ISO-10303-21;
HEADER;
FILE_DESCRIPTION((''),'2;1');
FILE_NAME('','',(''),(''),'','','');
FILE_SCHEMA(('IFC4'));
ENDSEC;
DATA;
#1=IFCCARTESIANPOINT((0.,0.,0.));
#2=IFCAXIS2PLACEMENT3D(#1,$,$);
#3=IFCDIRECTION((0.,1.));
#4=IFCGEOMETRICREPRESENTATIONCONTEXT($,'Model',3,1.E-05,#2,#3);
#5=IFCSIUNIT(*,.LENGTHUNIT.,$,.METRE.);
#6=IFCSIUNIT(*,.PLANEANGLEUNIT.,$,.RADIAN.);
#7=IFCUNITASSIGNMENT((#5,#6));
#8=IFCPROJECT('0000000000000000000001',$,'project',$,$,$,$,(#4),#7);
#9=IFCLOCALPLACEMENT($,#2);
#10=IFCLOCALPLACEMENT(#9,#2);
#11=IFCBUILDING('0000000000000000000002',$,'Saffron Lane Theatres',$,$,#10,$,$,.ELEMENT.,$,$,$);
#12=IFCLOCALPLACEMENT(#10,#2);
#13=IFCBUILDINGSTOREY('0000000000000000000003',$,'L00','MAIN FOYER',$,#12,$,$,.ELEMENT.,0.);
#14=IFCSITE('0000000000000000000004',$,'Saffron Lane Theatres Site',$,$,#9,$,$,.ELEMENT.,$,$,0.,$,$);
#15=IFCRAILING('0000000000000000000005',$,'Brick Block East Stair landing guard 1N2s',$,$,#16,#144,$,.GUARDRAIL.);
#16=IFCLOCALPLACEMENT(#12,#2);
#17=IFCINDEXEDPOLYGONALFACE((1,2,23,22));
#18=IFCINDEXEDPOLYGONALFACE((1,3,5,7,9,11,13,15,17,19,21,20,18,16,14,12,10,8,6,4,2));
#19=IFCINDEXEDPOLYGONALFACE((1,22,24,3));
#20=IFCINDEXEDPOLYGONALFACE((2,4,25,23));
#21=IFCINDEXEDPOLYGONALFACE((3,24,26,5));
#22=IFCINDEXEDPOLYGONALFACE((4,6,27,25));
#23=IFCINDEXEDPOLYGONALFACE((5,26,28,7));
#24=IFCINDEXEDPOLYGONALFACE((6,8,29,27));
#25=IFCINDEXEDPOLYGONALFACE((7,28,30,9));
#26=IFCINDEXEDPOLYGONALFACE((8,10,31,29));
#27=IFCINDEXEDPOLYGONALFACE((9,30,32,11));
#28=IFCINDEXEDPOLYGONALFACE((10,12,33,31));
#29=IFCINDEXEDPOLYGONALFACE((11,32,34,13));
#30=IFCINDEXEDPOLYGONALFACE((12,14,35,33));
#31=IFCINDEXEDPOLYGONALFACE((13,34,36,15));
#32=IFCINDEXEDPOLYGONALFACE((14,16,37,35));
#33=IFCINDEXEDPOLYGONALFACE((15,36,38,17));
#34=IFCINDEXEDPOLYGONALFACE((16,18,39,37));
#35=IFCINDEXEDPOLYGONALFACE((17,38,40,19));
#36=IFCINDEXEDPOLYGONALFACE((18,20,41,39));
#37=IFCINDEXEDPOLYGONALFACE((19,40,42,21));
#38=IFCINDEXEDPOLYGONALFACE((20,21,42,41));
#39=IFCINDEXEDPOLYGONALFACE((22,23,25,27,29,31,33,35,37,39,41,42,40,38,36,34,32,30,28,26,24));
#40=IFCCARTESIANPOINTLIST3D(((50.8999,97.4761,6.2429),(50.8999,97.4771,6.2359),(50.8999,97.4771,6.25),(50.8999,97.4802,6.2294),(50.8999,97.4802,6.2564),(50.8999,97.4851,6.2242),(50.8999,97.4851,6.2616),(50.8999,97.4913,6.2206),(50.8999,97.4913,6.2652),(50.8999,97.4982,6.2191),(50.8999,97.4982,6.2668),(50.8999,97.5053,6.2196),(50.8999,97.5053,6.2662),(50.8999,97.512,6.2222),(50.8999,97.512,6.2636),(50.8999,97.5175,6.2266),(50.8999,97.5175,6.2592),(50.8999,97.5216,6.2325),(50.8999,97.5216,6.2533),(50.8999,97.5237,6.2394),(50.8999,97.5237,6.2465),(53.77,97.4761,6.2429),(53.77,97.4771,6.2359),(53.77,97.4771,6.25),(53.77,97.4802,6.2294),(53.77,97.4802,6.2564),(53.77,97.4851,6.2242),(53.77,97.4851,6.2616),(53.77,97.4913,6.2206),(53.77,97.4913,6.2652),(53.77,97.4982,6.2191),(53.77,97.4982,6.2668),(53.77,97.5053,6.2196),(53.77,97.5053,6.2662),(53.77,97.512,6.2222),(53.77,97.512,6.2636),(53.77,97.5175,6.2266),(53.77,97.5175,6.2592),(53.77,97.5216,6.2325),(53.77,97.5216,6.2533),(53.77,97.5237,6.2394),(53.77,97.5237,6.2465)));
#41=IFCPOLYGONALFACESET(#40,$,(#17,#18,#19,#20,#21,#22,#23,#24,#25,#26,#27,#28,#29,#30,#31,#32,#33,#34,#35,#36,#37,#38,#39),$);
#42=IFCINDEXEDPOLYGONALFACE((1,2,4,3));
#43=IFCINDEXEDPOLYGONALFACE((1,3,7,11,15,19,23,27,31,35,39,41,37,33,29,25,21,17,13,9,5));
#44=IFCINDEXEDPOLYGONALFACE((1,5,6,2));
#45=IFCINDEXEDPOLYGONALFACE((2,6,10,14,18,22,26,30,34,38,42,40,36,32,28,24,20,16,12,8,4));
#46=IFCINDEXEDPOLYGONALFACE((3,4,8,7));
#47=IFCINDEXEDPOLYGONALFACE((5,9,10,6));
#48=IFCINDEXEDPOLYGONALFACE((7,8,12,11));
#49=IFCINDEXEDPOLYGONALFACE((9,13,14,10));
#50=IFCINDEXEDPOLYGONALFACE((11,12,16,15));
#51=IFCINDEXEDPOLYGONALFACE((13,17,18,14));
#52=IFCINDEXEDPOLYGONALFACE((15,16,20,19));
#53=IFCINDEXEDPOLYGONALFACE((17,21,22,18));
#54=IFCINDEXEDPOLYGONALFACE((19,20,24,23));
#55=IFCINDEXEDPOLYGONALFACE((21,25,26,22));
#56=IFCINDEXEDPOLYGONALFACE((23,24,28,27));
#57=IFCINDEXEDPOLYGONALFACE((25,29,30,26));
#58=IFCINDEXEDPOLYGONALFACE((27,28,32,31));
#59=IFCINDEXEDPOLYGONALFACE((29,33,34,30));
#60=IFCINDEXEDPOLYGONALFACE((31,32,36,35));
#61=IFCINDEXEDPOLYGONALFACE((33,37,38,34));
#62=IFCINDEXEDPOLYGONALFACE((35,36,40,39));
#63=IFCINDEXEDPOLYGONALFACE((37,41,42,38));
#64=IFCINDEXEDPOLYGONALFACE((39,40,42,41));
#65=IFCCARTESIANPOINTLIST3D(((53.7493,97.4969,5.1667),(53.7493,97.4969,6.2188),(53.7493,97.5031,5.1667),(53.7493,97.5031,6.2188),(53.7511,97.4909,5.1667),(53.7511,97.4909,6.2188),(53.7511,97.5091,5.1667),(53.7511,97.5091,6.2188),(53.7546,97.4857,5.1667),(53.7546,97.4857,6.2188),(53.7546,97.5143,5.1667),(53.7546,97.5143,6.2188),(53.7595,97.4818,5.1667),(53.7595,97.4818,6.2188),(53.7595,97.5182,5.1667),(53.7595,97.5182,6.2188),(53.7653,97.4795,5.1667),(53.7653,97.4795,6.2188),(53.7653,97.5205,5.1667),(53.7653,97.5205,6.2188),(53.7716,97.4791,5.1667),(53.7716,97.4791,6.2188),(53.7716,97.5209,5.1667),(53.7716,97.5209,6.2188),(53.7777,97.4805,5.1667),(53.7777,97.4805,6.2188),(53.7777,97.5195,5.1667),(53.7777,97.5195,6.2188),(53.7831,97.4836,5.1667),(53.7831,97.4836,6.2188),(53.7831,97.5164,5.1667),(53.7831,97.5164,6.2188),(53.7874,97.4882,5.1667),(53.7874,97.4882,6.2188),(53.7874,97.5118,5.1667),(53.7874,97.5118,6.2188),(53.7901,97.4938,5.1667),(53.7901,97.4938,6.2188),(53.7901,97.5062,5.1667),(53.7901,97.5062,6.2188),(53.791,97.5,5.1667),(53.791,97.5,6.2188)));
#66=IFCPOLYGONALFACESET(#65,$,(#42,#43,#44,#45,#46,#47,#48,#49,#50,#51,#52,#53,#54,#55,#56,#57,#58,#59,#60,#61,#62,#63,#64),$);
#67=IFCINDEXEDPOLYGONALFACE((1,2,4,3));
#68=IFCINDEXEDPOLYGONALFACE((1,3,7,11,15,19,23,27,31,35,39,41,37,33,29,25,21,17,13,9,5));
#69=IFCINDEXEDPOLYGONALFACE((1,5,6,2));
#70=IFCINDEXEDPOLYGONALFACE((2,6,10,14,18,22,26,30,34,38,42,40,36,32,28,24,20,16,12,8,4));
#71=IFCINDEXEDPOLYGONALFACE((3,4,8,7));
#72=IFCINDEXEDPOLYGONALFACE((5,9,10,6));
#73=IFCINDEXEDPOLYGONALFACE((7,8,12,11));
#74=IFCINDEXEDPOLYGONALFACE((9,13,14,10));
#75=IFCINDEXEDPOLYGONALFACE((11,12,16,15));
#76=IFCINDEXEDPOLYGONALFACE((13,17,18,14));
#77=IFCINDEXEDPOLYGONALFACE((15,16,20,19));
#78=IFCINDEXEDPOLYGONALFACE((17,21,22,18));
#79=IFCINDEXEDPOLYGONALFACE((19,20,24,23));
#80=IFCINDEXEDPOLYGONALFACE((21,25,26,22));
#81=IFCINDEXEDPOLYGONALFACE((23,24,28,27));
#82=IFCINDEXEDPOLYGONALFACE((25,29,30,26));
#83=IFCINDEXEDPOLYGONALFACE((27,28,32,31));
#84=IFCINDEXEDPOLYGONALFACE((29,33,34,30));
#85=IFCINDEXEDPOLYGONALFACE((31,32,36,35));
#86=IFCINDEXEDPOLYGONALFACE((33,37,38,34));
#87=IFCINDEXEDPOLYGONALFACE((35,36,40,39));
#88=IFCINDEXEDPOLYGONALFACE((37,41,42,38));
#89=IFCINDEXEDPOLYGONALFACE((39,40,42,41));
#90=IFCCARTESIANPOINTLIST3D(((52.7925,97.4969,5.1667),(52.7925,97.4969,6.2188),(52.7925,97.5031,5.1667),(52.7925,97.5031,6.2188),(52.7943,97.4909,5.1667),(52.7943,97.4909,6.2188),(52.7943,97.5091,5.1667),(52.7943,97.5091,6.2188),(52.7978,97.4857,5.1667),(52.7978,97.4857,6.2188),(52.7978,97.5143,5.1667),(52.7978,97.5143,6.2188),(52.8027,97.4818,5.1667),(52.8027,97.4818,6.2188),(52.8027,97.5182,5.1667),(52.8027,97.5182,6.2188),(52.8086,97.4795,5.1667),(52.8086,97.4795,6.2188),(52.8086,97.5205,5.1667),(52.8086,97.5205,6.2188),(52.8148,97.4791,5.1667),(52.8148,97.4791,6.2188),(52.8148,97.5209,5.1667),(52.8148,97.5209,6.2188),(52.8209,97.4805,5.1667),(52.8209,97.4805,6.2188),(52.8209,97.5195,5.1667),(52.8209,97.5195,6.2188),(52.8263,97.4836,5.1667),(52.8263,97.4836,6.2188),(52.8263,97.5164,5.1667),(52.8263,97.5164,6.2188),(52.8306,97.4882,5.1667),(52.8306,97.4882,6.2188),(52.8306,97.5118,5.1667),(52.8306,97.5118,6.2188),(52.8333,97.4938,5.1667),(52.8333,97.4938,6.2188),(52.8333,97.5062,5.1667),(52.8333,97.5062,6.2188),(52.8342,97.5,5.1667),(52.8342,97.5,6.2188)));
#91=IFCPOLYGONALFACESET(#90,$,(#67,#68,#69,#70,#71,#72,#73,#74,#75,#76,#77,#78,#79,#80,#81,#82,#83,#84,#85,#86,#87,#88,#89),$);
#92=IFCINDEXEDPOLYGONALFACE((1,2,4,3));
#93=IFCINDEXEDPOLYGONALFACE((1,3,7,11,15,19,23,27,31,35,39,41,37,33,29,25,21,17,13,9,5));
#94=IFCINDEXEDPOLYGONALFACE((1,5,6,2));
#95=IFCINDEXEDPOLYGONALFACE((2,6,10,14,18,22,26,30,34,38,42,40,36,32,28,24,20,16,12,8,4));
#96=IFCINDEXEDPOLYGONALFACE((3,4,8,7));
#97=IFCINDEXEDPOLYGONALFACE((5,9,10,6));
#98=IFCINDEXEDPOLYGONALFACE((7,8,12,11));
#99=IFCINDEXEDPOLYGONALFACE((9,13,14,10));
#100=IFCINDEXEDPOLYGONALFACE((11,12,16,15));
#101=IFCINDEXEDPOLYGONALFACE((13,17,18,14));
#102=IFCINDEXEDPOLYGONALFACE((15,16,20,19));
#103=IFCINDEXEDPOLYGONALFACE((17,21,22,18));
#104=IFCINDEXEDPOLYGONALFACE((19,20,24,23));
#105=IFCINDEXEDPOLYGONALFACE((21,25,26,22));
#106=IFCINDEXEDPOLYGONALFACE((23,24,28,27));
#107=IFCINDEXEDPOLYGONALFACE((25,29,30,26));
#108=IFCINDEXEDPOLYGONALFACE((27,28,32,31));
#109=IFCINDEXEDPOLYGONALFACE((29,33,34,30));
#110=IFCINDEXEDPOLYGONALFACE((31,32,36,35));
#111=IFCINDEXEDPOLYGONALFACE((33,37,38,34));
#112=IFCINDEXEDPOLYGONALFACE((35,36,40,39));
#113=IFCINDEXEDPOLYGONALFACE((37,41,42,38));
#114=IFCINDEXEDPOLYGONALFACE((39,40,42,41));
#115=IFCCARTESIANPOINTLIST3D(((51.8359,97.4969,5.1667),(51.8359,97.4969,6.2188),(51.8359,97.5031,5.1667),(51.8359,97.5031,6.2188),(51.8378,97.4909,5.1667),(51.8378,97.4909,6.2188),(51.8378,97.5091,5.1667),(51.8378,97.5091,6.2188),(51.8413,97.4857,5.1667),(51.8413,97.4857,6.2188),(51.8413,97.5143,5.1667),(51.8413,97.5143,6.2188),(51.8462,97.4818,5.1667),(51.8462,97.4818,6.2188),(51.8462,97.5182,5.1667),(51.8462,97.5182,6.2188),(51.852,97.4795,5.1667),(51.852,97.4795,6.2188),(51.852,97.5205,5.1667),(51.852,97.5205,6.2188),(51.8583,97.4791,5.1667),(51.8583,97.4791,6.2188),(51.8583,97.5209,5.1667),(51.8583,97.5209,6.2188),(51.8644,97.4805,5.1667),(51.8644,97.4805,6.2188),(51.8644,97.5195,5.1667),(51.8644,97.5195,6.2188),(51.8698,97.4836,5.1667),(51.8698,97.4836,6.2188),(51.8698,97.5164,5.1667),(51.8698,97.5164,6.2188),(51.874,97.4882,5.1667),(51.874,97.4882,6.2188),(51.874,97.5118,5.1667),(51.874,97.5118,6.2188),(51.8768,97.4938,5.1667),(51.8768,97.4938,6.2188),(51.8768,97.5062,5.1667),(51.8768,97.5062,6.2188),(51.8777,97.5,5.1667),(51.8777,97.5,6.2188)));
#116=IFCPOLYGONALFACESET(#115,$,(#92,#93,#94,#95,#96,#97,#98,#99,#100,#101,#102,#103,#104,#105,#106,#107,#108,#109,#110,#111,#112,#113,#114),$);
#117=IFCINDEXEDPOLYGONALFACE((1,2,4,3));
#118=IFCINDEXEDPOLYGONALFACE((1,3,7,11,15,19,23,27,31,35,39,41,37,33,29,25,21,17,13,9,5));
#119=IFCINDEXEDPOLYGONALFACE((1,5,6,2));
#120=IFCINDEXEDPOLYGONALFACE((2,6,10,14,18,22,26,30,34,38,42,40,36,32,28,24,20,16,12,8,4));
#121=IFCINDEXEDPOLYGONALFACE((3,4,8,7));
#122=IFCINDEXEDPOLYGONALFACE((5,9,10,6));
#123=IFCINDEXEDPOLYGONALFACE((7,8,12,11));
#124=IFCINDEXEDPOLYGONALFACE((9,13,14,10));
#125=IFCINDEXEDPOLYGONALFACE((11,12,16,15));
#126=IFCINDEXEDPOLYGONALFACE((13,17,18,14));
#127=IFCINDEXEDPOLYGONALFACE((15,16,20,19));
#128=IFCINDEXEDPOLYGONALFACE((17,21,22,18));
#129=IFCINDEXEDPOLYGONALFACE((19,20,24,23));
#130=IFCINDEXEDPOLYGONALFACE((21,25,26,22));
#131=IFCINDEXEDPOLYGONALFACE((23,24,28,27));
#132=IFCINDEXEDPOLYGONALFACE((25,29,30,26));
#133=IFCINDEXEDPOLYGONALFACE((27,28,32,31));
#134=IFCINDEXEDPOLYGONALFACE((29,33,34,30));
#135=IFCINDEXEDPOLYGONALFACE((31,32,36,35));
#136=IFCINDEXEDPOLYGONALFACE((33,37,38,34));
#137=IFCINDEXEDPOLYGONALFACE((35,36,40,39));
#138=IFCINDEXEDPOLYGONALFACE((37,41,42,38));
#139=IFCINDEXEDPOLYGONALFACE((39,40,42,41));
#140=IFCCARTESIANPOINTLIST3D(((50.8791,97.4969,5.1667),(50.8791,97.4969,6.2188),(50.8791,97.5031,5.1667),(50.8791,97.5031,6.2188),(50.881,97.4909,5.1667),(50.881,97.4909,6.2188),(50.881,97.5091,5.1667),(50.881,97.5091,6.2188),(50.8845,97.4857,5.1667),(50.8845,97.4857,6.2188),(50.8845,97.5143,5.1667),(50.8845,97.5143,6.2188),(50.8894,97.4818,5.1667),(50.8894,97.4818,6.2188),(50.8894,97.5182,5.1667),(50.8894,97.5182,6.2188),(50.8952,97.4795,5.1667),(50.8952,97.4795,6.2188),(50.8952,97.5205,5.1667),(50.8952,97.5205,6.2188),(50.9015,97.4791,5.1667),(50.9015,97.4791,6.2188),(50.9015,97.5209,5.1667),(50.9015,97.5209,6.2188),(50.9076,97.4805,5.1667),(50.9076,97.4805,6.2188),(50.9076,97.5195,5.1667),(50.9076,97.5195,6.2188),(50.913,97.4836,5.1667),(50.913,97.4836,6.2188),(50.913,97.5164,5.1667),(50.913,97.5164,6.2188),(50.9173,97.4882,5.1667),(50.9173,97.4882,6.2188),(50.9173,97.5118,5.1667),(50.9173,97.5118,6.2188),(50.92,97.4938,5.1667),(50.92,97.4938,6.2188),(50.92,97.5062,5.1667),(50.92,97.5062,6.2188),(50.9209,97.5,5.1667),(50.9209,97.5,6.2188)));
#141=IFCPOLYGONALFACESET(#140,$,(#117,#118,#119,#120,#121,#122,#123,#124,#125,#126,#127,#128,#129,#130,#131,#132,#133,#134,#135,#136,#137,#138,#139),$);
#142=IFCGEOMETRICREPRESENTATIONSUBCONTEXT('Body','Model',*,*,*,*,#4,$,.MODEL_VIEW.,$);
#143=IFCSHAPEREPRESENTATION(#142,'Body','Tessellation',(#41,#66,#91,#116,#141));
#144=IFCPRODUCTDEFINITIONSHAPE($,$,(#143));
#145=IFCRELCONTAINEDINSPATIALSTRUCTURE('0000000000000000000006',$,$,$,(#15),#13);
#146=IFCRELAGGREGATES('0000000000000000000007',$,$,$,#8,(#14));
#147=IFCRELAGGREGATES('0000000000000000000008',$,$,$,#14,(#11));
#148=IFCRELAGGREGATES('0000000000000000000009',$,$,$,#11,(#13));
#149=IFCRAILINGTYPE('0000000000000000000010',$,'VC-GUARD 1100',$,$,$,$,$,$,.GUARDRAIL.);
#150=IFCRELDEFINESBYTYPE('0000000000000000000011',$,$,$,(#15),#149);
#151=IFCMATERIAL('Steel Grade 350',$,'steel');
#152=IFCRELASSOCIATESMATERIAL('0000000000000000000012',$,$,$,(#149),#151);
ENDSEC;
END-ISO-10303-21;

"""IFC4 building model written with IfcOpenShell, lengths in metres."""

from ifc_helpers import new_model, si_unit, direction, frame, origin, origin_2d, place, context, subcontext, project, spatial, circle, extrude, material, type_object, element, save


model = new_model("IFC4")

# Units and contexts
model_context = context("Model", 3, precision=1e-05, world=origin(), true_north=direction((0.0, 1.0)))
body_context = subcontext(model_context, "Body", "Model", "MODEL_VIEW")
ifc_project = project(units=[si_unit("LENGTHUNIT", "METRE"), si_unit("PLANEANGLEUNIT", "RADIAN")], contexts=[model_context])

# Site, building, storey
site_placement = place(None, origin())
site = spatial("IfcSite", under=ifc_project, at=site_placement, Name="Saffron Lane Theatres Site", CompositionType="ELEMENT", RefElevation=0.0)
building_placement = place(site_placement, origin())
building = spatial("IfcBuilding", under=site, at=building_placement, Name="Saffron Lane Theatres", CompositionType="ELEMENT")
storey_placement = place(building_placement, origin())
storey = spatial("IfcBuildingStorey", under=building, at=storey_placement, Name="L00", Description="MAIN FOYER", CompositionType="ELEMENT", Elevation=0.0)

# Railing
ifc_material_1 = material(Name="Steel Grade 350", Category="steel")
railing_type_1 = type_object("IfcRailingType", Name="VC-GUARD 1100", PredefinedType="GUARDRAIL", material=ifc_material_1)
railing_1_placement = place(storey_placement, frame((53.77, 97.5, 5.1667)))
element("IfcRailing", 1, at=railing_1_placement, inside=storey, type_object=railing_type_1, Name="Brick Block East Stair landing guard 1N2s", PredefinedType="GUARDRAIL", context=body_context, shape_type="SweptSolid", body=[
    extrude(circle(Radius=0.0239, at=origin_2d()), frame((0.0, 0.0, 1.0762), z_axis=(-1.0, 0.0, 0.0), x_axis=(0.0, -1.0, 0.0)), (0.0, 0.0, 1.0), 2.8701),
    extrude(circle(Radius=0.021, at=origin_2d()), origin(), (0.0, 0.0, 1.0), 1.052),
    extrude(circle(Radius=0.021, at=origin_2d()), frame((-0.9568, 0.0, 0.0)), (0.0, 0.0, 1.0), 1.052),
    extrude(circle(Radius=0.021, at=origin_2d()), frame((-1.9133, 0.0, 0.0)), (0.0, 0.0, 1.0), 1.052),
    extrude(circle(Radius=0.021, at=origin_2d()), frame((-2.8701, 0.0, 0.0)), (0.0, 0.0, 1.0), 1.052),
])

save(model, "model.ifc")
